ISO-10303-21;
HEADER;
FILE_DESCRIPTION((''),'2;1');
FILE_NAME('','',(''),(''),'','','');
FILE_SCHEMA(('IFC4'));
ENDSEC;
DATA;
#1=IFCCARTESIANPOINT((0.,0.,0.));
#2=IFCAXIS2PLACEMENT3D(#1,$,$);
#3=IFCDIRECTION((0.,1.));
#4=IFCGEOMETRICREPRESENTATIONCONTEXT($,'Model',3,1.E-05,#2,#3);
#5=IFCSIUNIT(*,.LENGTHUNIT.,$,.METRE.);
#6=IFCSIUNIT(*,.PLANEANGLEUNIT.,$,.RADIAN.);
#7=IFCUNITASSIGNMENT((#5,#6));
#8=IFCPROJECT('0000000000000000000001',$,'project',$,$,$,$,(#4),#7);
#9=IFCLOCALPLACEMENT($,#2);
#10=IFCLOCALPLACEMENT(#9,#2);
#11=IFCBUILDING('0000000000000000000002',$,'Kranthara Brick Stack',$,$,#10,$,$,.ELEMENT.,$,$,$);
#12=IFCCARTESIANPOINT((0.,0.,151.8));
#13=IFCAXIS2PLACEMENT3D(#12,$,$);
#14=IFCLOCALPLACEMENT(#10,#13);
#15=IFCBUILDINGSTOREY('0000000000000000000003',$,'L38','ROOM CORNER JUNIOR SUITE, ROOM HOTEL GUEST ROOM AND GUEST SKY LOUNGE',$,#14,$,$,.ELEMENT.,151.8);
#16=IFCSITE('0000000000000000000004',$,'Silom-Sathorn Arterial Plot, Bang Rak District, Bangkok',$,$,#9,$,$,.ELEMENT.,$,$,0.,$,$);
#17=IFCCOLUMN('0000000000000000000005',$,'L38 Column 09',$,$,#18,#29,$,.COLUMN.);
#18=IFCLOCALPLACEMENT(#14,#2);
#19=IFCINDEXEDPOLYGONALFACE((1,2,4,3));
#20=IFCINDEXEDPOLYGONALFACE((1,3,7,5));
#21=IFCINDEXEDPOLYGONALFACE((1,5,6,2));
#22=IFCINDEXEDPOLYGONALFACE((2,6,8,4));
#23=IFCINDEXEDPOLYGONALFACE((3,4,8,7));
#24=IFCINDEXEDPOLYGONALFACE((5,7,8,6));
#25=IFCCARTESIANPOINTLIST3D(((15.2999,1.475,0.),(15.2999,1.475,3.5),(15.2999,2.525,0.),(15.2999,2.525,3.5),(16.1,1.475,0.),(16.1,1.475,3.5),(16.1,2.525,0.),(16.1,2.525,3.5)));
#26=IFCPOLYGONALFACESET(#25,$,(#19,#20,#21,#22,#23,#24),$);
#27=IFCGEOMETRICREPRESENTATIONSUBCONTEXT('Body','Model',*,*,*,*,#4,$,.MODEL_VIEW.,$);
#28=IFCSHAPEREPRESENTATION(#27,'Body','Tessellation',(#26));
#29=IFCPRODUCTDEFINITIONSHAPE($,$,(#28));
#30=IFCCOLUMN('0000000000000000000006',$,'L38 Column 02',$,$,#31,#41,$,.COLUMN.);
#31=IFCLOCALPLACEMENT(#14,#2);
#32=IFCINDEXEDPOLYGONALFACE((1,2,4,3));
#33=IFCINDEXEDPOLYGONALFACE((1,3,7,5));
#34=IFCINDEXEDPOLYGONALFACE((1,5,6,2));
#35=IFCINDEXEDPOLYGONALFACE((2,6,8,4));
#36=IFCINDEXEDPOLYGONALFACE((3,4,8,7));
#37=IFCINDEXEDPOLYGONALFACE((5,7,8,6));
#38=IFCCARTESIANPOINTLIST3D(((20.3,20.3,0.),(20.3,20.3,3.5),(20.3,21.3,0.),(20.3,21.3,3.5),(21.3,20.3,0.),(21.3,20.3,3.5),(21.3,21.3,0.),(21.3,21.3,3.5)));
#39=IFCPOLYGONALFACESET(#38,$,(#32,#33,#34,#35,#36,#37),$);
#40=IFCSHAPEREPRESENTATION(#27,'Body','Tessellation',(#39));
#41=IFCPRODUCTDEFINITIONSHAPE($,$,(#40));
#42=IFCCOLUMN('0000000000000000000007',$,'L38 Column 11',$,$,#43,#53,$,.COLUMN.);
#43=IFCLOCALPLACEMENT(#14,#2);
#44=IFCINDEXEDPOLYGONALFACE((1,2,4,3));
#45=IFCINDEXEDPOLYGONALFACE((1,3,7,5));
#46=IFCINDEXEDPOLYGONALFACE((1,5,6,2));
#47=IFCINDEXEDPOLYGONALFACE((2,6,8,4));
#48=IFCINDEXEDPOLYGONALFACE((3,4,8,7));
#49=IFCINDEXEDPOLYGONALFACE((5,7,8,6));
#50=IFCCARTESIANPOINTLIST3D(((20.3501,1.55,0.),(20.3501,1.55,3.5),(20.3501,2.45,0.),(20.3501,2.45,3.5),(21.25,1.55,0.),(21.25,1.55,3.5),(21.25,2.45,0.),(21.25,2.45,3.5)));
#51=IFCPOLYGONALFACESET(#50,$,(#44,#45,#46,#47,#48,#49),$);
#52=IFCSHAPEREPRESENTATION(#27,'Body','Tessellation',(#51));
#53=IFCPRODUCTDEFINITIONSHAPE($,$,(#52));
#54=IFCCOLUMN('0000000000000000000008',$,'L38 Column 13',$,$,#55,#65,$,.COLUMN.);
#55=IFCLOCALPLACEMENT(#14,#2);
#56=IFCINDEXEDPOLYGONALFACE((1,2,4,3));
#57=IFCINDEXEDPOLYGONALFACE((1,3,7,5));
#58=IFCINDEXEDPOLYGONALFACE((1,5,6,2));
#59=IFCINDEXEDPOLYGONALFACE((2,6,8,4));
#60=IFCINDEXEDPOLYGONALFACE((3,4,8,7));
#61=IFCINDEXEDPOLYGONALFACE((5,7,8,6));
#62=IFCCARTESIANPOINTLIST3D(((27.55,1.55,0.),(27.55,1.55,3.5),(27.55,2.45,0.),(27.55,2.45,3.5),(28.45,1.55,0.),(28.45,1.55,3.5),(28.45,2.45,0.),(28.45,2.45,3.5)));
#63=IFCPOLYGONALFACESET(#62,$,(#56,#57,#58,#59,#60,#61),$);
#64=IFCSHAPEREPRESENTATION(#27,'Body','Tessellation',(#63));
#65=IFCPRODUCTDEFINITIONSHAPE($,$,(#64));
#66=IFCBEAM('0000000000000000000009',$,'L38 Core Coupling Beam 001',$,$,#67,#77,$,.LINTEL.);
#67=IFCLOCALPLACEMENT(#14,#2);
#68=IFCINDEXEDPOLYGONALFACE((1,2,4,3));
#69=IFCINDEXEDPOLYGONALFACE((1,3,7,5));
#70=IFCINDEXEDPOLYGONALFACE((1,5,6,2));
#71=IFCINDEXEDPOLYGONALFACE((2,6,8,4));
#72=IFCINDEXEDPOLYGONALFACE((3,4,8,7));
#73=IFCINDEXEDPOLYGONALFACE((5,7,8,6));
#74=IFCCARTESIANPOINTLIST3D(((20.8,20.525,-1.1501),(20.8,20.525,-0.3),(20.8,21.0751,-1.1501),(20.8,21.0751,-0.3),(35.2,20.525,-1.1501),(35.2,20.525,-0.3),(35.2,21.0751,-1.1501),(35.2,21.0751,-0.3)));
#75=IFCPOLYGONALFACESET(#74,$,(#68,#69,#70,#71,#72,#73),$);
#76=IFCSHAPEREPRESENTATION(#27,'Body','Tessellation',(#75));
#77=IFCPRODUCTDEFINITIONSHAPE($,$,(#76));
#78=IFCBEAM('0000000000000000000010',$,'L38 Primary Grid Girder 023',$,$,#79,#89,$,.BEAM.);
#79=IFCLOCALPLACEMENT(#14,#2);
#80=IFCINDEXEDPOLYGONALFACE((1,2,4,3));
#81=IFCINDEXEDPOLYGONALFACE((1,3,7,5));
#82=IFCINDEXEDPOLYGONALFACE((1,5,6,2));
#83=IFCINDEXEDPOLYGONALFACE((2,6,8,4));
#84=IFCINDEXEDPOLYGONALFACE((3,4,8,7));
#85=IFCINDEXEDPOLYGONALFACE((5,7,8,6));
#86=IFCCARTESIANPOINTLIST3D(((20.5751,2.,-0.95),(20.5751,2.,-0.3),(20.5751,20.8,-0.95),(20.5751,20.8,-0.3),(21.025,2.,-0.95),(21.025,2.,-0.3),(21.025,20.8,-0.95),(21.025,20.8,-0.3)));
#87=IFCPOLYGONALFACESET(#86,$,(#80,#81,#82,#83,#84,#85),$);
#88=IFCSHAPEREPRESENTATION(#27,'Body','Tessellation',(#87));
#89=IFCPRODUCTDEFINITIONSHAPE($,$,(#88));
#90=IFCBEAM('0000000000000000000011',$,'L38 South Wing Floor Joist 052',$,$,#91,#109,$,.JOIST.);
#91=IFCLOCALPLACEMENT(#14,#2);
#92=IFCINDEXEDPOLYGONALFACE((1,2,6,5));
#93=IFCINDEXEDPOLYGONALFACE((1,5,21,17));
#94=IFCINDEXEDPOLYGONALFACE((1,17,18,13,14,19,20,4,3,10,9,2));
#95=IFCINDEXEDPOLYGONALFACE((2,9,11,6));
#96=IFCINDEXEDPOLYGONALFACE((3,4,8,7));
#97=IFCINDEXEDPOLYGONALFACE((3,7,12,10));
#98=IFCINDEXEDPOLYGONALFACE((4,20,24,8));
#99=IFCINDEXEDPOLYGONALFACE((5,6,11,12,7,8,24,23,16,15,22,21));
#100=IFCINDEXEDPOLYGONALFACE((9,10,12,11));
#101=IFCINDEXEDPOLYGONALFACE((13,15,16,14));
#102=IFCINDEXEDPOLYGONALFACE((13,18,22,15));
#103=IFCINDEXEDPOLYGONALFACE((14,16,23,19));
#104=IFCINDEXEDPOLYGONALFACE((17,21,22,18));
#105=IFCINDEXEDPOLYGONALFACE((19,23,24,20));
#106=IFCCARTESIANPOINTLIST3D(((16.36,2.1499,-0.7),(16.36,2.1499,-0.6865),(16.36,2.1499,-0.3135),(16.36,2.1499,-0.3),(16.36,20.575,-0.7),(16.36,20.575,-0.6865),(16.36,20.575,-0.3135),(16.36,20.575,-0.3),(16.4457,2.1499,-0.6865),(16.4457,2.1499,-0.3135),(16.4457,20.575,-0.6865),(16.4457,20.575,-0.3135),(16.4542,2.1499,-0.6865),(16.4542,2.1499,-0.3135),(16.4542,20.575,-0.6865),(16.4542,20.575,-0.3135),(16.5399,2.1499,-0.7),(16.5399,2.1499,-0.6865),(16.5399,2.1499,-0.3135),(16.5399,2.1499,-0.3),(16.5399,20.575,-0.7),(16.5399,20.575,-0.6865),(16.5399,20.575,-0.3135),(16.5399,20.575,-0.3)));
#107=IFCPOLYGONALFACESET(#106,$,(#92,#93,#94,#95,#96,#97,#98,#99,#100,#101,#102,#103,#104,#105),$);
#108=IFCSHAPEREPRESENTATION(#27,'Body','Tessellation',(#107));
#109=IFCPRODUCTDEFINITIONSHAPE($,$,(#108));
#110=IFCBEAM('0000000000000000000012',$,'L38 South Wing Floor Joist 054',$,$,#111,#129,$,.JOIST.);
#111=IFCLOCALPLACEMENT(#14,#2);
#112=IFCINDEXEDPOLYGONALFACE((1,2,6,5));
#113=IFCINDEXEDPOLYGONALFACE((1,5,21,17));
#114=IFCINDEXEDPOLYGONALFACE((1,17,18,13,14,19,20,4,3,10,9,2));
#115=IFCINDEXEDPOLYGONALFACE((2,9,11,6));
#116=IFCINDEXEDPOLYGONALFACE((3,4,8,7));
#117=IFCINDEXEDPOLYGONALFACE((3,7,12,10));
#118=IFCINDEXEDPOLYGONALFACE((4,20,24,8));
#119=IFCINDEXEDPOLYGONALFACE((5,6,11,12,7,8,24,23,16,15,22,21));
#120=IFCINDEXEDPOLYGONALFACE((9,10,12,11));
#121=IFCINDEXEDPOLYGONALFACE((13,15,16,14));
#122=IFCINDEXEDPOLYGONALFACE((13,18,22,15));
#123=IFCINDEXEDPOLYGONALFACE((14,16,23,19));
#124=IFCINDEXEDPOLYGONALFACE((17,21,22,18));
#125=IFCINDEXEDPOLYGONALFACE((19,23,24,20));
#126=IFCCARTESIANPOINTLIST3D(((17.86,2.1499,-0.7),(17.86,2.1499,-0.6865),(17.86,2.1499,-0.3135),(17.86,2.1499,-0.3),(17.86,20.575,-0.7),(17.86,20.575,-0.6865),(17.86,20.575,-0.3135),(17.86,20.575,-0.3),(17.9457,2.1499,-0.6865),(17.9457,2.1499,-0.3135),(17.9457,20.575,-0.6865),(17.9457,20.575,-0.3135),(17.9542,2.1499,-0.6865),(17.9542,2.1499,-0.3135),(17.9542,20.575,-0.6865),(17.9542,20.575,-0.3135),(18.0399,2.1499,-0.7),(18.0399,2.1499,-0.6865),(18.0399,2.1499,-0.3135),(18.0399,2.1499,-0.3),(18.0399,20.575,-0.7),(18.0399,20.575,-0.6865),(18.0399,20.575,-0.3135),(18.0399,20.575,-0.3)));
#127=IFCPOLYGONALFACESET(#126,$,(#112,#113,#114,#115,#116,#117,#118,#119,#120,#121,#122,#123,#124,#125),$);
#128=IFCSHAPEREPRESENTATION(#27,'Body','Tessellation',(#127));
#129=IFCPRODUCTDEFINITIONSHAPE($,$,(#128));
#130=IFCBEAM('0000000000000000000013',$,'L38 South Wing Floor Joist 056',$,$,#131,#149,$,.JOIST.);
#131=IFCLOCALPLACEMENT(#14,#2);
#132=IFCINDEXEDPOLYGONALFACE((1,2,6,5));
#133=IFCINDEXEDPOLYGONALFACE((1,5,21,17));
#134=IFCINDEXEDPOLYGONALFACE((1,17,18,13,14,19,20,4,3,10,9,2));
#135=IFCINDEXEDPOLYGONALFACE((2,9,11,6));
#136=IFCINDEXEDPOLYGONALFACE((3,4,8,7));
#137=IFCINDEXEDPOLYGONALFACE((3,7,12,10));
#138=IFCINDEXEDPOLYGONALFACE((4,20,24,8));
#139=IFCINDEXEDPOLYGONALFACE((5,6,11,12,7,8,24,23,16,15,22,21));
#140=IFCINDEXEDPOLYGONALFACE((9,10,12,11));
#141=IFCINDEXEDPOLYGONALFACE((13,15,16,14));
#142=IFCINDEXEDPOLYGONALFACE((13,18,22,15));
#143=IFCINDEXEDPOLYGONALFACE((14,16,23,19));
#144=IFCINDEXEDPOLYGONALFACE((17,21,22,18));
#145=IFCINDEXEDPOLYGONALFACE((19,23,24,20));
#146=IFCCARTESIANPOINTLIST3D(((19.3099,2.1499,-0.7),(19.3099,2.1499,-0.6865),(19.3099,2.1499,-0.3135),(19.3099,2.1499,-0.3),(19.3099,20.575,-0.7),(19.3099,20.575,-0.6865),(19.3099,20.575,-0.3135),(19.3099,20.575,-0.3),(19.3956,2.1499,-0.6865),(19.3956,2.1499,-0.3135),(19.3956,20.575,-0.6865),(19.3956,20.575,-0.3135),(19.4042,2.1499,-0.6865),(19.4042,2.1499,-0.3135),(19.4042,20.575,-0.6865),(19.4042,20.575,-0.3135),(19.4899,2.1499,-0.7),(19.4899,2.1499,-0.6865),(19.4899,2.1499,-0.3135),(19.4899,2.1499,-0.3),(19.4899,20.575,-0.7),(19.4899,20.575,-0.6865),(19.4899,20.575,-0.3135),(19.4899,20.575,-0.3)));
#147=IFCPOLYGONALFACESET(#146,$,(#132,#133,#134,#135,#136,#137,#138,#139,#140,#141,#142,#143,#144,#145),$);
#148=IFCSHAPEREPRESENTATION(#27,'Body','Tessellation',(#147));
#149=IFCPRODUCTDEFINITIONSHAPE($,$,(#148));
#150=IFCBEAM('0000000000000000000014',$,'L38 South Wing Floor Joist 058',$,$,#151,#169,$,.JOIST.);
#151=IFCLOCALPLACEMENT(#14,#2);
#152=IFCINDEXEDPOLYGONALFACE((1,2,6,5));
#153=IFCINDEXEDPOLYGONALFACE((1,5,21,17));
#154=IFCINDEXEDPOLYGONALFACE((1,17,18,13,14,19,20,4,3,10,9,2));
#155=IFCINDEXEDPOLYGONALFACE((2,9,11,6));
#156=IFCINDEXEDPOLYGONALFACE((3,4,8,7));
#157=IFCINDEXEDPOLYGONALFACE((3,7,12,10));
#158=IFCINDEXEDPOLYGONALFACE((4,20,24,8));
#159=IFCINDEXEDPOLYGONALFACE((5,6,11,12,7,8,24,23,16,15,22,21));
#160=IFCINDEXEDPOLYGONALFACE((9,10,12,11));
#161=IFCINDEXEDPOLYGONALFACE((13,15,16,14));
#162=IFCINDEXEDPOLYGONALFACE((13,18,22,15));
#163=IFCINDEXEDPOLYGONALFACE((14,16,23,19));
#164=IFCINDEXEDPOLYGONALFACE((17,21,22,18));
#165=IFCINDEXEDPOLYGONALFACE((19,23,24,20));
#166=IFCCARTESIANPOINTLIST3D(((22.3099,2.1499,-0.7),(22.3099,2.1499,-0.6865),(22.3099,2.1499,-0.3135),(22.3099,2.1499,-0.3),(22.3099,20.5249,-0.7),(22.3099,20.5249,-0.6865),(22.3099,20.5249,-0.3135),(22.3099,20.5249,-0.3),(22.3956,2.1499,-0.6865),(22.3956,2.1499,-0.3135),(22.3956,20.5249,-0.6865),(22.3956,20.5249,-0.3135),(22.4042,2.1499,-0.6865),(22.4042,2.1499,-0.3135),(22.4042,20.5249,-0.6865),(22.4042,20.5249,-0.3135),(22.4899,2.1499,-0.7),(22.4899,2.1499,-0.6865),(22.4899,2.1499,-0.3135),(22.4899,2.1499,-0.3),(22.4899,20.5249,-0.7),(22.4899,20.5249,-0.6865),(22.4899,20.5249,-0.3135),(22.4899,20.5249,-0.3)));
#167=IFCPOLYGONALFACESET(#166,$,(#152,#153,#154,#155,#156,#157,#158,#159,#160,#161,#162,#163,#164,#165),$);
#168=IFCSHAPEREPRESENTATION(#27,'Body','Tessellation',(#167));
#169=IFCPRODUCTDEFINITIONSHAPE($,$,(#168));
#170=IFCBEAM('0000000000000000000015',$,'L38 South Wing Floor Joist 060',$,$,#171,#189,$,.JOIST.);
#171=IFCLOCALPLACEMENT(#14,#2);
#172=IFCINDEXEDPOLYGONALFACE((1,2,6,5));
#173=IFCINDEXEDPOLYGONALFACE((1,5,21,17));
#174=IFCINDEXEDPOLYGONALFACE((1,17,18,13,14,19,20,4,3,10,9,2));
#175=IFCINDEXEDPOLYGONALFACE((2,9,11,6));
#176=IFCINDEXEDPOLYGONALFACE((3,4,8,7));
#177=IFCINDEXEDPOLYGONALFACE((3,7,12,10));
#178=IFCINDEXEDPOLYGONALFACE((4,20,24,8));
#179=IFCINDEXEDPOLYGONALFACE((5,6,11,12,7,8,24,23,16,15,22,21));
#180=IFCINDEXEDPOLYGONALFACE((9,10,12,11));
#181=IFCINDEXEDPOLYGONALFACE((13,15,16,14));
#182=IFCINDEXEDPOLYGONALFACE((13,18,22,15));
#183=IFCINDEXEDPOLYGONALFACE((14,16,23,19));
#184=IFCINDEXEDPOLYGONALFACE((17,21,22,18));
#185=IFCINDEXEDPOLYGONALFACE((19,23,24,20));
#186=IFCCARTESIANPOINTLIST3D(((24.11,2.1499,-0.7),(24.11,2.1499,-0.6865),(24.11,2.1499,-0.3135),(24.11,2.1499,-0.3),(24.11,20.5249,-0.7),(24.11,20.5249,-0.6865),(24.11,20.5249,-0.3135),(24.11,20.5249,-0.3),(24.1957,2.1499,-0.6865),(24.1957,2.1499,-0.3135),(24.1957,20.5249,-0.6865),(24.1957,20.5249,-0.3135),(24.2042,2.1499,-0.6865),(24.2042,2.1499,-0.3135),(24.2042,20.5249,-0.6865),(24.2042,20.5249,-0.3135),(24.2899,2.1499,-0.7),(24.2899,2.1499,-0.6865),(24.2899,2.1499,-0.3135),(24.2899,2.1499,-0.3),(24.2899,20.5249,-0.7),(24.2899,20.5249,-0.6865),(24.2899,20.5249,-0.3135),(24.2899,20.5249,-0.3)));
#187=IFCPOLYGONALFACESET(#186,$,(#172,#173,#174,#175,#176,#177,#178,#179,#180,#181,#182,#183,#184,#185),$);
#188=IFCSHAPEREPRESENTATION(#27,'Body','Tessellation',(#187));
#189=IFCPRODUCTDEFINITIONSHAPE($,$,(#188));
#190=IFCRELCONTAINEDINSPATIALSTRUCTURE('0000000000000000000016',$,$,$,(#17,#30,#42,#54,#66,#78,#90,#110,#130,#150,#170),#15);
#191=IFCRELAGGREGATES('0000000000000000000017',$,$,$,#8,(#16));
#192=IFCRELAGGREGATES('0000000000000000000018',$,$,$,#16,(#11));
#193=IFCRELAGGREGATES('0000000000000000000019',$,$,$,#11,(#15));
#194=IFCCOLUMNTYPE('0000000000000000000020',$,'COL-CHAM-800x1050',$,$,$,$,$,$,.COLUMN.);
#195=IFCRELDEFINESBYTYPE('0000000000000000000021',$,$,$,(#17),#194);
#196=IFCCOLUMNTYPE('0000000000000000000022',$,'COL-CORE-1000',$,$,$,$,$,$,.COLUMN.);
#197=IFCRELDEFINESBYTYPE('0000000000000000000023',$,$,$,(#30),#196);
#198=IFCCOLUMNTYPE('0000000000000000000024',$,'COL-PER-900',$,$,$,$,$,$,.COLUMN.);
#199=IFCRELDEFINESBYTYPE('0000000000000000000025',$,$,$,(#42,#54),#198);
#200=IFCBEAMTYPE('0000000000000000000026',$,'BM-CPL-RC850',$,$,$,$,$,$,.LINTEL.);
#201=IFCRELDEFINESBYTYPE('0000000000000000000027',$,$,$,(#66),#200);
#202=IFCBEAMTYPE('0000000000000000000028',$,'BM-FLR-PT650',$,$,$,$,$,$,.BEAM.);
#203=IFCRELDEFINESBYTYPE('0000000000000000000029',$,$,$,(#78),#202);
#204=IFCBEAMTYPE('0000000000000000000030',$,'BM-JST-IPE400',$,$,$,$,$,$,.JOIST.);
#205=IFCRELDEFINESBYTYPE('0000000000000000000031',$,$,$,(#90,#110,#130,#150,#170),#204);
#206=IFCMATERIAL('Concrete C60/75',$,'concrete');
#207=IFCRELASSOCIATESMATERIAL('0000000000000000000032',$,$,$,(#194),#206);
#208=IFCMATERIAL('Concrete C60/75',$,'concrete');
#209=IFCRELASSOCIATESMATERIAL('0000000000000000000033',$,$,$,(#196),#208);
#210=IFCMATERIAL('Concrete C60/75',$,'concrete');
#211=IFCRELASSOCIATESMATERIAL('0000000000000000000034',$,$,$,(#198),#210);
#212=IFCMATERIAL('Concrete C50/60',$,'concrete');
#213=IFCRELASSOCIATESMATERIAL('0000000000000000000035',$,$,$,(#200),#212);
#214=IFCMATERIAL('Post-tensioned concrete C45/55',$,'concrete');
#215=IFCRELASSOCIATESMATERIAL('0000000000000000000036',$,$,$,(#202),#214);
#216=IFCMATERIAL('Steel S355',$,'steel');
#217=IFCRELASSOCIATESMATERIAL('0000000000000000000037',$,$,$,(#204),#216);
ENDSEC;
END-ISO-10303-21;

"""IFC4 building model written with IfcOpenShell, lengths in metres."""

from ifc_helpers import new_model, si_unit, direction, frame, origin, origin_2d, place, context, subcontext, project, spatial, rectangle, i_section, extrude, material, material_profile, profile_set, type_object, element, save


model = new_model("IFC4")

# Units and contexts
model_context = context("Model", 3, precision=1e-05, world=origin(), true_north=direction((0.0, 1.0)))
body_context = subcontext(model_context, "Body", "Model", "MODEL_VIEW")
ifc_project = project(units=[si_unit("LENGTHUNIT", "METRE"), si_unit("PLANEANGLEUNIT", "RADIAN")], contexts=[model_context])

# Site, building, storey
site_placement = place(None, origin())
site = spatial("IfcSite", under=ifc_project, at=site_placement, Name="Silom-Sathorn Arterial Plot, Bang Rak District, Bangkok", CompositionType="ELEMENT", RefElevation=0.0)
building_placement = place(site_placement, origin())
building = spatial("IfcBuilding", under=site, at=building_placement, Name="Kranthara Brick Stack", CompositionType="ELEMENT")
storey_placement = place(building_placement, frame((0.0, 0.0, 151.8)))
storey = spatial("IfcBuildingStorey", under=building, at=storey_placement, Name="L38", Description="ROOM CORNER JUNIOR SUITE, ROOM HOTEL GUEST ROOM AND GUEST SKY LOUNGE", CompositionType="ELEMENT", Elevation=151.8)

# Columns
ifc_material_1 = material(Name="Concrete C60/75", Category="concrete")
ifc_material_profile_1 = material_profile(ifc_material_1, rectangle(XDim=0.8, YDim=1.05, at=origin_2d()), Name="RC 800x1050")
ifc_profile_set_1 = profile_set([ifc_material_profile_1], Name="Concrete C60/75")
column_type_1 = type_object("IfcColumnType", Name="COL-CHAM-800x1050", PredefinedType="COLUMN", material=ifc_profile_set_1)
column_1_placement = place(storey_placement, frame((15.7, 2.0, 0.0), z_axis=(0.0, 0.0, 1.0), x_axis=(1.0, 0.0, 0.0)))
element("IfcColumn", 1, at=column_1_placement, inside=storey, type_object=column_type_1, Name="L38 Column 09", PredefinedType="COLUMN", context=body_context, shape_type="SweptSolid", body=[
    extrude(rectangle(XDim=0.8, YDim=1.05, at=origin_2d()), origin(), (0.0, 0.0, 1.0), 3.5),
])
ifc_material_2 = material(Name="Concrete C60/75", Category="concrete")
ifc_material_profile_2 = material_profile(ifc_material_2, rectangle(XDim=1.0, YDim=1.0, at=origin_2d()), Name="RC 1000x1000")
ifc_profile_set_2 = profile_set([ifc_material_profile_2], Name="Concrete C60/75")
column_type_2 = type_object("IfcColumnType", Name="COL-CORE-1000", PredefinedType="COLUMN", material=ifc_profile_set_2)
column_2_placement = place(storey_placement, frame((20.8, 20.8, 0.0), z_axis=(0.0, 0.0, 1.0), x_axis=(1.0, 0.0, 0.0)))
element("IfcColumn", 2, at=column_2_placement, inside=storey, type_object=column_type_2, Name="L38 Column 02", PredefinedType="COLUMN", context=body_context, shape_type="SweptSolid", body=[
    extrude(rectangle(XDim=1.0, YDim=1.0, at=origin_2d()), origin(), (0.0, 0.0, 1.0), 3.5),
])
ifc_material_3 = material(Name="Concrete C60/75", Category="concrete")
ifc_material_profile_3 = material_profile(ifc_material_3, rectangle(XDim=0.8999, YDim=0.8999, at=origin_2d()), Name="RC 900x900")
ifc_profile_set_3 = profile_set([ifc_material_profile_3], Name="Concrete C60/75")
column_type_3 = type_object("IfcColumnType", Name="COL-PER-900", PredefinedType="COLUMN", material=ifc_profile_set_3)
for number, where, z_axis, x_axis, name in (
    (3, (20.8, 2.0, 0.0), (0.0, 0.0, 1.0), (1.0, 0.0, 0.0), "L38 Column 11"),
    (4, (28.0, 2.0, 0.0), (0.0, 0.0, 1.0), (1.0, 0.0, 0.0), "L38 Column 13"),
):
    element("IfcColumn", number, at=place(storey_placement, frame(where, z_axis=z_axis, x_axis=x_axis)), inside=storey, type_object=column_type_3, Name=name, PredefinedType="COLUMN", context=body_context, shape_type="SweptSolid", body=[
        extrude(rectangle(XDim=0.8999, YDim=0.8999, at=origin_2d()), origin(), (0.0, 0.0, 1.0), 3.5),
    ])

# Beams
ifc_material_4 = material(Name="Concrete C50/60", Category="concrete")
ifc_material_profile_4 = material_profile(ifc_material_4, rectangle(XDim=0.55, YDim=0.8501, at=origin_2d()), Name="RC 550x850")
ifc_profile_set_4 = profile_set([ifc_material_profile_4], Name="Concrete C50/60")
beam_type_1 = type_object("IfcBeamType", Name="BM-CPL-RC850", PredefinedType="LINTEL", material=ifc_profile_set_4)
beam_1_placement = place(storey_placement, frame((20.8, 20.8, -0.7251), z_axis=(1.0, 0.0, 0.0), x_axis=(0.0, 1.0, 0.0)))
element("IfcBeam", 5, at=beam_1_placement, inside=storey, type_object=beam_type_1, Name="L38 Core Coupling Beam 001", PredefinedType="LINTEL", context=body_context, shape_type="SweptSolid", body=[
    extrude(rectangle(XDim=0.55, YDim=0.8501, at=origin_2d()), origin(), (0.0, 0.0, 1.0), 14.3999),
])
ifc_material_5 = material(Name="Post-tensioned concrete C45/55", Category="concrete")
ifc_material_profile_5 = material_profile(ifc_material_5, rectangle(XDim=0.45, YDim=0.6499, at=origin_2d()), Name="PT 450x650")
ifc_profile_set_5 = profile_set([ifc_material_profile_5], Name="Post-tensioned concrete C45/55")
beam_type_2 = type_object("IfcBeamType", Name="BM-FLR-PT650", PredefinedType="BEAM", material=ifc_profile_set_5)
beam_2_placement = place(storey_placement, frame((20.8, 2.0, -0.625), z_axis=(0.0, 1.0, 0.0), x_axis=(-1.0, 0.0, 0.0)))
element("IfcBeam", 6, at=beam_2_placement, inside=storey, type_object=beam_type_2, Name="L38 Primary Grid Girder 023", PredefinedType="BEAM", context=body_context, shape_type="SweptSolid", body=[
    extrude(rectangle(XDim=0.45, YDim=0.6499, at=origin_2d()), origin(), (0.0, 0.0, 1.0), 18.8),
])
ifc_material_6 = material(Name="Steel S355", Category="steel")
ifc_material_profile_6 = material_profile(ifc_material_6, i_section(OverallWidth=0.1799, OverallDepth=0.3999, WebThickness=0.0085, FlangeThickness=0.0134, at=origin_2d()), Name="IPE 400")
ifc_profile_set_6 = profile_set([ifc_material_profile_6], Name="Steel S355")
beam_type_3 = type_object("IfcBeamType", Name="BM-JST-IPE400", PredefinedType="JOIST", material=ifc_profile_set_6)
for number, where, z_axis, x_axis, name in (
    (7, (16.45, 2.1499, -0.5), (0.0, 1.0, 0.0), (-1.0, 0.0, 0.0), "L38 South Wing Floor Joist 052"),
    (8, (17.95, 2.1499, -0.5), (0.0, 1.0, 0.0), (-1.0, 0.0, 0.0), "L38 South Wing Floor Joist 054"),
    (9, (19.3999, 2.1499, -0.5), (0.0, 1.0, 0.0), (-1.0, 0.0, 0.0), "L38 South Wing Floor Joist 056"),
):
    element("IfcBeam", number, at=place(storey_placement, frame(where, z_axis=z_axis, x_axis=x_axis)), inside=storey, type_object=beam_type_3, Name=name, PredefinedType="JOIST", context=body_context, shape_type="SweptSolid", body=[
        extrude(i_section(OverallWidth=0.1799, OverallDepth=0.3999, WebThickness=0.0085, FlangeThickness=0.0134, at=origin_2d()), origin(), (0.0, 0.0, 1.0), 18.425),
    ])
for number, where, z_axis, x_axis, name in (
    (10, (22.3999, 2.1499, -0.5), (0.0, 1.0, 0.0), (-1.0, 0.0, 0.0), "L38 South Wing Floor Joist 058"),
    (11, (24.2, 2.1499, -0.5), (0.0, 1.0, 0.0), (-1.0, 0.0, 0.0), "L38 South Wing Floor Joist 060"),
):
    element("IfcBeam", number, at=place(storey_placement, frame(where, z_axis=z_axis, x_axis=x_axis)), inside=storey, type_object=beam_type_3, Name=name, PredefinedType="JOIST", context=body_context, shape_type="SweptSolid", body=[
        extrude(i_section(OverallWidth=0.1799, OverallDepth=0.3999, WebThickness=0.0085, FlangeThickness=0.0134, at=origin_2d()), origin(), (0.0, 0.0, 1.0), 18.375),
    ])

save(model, "model.ifc")
